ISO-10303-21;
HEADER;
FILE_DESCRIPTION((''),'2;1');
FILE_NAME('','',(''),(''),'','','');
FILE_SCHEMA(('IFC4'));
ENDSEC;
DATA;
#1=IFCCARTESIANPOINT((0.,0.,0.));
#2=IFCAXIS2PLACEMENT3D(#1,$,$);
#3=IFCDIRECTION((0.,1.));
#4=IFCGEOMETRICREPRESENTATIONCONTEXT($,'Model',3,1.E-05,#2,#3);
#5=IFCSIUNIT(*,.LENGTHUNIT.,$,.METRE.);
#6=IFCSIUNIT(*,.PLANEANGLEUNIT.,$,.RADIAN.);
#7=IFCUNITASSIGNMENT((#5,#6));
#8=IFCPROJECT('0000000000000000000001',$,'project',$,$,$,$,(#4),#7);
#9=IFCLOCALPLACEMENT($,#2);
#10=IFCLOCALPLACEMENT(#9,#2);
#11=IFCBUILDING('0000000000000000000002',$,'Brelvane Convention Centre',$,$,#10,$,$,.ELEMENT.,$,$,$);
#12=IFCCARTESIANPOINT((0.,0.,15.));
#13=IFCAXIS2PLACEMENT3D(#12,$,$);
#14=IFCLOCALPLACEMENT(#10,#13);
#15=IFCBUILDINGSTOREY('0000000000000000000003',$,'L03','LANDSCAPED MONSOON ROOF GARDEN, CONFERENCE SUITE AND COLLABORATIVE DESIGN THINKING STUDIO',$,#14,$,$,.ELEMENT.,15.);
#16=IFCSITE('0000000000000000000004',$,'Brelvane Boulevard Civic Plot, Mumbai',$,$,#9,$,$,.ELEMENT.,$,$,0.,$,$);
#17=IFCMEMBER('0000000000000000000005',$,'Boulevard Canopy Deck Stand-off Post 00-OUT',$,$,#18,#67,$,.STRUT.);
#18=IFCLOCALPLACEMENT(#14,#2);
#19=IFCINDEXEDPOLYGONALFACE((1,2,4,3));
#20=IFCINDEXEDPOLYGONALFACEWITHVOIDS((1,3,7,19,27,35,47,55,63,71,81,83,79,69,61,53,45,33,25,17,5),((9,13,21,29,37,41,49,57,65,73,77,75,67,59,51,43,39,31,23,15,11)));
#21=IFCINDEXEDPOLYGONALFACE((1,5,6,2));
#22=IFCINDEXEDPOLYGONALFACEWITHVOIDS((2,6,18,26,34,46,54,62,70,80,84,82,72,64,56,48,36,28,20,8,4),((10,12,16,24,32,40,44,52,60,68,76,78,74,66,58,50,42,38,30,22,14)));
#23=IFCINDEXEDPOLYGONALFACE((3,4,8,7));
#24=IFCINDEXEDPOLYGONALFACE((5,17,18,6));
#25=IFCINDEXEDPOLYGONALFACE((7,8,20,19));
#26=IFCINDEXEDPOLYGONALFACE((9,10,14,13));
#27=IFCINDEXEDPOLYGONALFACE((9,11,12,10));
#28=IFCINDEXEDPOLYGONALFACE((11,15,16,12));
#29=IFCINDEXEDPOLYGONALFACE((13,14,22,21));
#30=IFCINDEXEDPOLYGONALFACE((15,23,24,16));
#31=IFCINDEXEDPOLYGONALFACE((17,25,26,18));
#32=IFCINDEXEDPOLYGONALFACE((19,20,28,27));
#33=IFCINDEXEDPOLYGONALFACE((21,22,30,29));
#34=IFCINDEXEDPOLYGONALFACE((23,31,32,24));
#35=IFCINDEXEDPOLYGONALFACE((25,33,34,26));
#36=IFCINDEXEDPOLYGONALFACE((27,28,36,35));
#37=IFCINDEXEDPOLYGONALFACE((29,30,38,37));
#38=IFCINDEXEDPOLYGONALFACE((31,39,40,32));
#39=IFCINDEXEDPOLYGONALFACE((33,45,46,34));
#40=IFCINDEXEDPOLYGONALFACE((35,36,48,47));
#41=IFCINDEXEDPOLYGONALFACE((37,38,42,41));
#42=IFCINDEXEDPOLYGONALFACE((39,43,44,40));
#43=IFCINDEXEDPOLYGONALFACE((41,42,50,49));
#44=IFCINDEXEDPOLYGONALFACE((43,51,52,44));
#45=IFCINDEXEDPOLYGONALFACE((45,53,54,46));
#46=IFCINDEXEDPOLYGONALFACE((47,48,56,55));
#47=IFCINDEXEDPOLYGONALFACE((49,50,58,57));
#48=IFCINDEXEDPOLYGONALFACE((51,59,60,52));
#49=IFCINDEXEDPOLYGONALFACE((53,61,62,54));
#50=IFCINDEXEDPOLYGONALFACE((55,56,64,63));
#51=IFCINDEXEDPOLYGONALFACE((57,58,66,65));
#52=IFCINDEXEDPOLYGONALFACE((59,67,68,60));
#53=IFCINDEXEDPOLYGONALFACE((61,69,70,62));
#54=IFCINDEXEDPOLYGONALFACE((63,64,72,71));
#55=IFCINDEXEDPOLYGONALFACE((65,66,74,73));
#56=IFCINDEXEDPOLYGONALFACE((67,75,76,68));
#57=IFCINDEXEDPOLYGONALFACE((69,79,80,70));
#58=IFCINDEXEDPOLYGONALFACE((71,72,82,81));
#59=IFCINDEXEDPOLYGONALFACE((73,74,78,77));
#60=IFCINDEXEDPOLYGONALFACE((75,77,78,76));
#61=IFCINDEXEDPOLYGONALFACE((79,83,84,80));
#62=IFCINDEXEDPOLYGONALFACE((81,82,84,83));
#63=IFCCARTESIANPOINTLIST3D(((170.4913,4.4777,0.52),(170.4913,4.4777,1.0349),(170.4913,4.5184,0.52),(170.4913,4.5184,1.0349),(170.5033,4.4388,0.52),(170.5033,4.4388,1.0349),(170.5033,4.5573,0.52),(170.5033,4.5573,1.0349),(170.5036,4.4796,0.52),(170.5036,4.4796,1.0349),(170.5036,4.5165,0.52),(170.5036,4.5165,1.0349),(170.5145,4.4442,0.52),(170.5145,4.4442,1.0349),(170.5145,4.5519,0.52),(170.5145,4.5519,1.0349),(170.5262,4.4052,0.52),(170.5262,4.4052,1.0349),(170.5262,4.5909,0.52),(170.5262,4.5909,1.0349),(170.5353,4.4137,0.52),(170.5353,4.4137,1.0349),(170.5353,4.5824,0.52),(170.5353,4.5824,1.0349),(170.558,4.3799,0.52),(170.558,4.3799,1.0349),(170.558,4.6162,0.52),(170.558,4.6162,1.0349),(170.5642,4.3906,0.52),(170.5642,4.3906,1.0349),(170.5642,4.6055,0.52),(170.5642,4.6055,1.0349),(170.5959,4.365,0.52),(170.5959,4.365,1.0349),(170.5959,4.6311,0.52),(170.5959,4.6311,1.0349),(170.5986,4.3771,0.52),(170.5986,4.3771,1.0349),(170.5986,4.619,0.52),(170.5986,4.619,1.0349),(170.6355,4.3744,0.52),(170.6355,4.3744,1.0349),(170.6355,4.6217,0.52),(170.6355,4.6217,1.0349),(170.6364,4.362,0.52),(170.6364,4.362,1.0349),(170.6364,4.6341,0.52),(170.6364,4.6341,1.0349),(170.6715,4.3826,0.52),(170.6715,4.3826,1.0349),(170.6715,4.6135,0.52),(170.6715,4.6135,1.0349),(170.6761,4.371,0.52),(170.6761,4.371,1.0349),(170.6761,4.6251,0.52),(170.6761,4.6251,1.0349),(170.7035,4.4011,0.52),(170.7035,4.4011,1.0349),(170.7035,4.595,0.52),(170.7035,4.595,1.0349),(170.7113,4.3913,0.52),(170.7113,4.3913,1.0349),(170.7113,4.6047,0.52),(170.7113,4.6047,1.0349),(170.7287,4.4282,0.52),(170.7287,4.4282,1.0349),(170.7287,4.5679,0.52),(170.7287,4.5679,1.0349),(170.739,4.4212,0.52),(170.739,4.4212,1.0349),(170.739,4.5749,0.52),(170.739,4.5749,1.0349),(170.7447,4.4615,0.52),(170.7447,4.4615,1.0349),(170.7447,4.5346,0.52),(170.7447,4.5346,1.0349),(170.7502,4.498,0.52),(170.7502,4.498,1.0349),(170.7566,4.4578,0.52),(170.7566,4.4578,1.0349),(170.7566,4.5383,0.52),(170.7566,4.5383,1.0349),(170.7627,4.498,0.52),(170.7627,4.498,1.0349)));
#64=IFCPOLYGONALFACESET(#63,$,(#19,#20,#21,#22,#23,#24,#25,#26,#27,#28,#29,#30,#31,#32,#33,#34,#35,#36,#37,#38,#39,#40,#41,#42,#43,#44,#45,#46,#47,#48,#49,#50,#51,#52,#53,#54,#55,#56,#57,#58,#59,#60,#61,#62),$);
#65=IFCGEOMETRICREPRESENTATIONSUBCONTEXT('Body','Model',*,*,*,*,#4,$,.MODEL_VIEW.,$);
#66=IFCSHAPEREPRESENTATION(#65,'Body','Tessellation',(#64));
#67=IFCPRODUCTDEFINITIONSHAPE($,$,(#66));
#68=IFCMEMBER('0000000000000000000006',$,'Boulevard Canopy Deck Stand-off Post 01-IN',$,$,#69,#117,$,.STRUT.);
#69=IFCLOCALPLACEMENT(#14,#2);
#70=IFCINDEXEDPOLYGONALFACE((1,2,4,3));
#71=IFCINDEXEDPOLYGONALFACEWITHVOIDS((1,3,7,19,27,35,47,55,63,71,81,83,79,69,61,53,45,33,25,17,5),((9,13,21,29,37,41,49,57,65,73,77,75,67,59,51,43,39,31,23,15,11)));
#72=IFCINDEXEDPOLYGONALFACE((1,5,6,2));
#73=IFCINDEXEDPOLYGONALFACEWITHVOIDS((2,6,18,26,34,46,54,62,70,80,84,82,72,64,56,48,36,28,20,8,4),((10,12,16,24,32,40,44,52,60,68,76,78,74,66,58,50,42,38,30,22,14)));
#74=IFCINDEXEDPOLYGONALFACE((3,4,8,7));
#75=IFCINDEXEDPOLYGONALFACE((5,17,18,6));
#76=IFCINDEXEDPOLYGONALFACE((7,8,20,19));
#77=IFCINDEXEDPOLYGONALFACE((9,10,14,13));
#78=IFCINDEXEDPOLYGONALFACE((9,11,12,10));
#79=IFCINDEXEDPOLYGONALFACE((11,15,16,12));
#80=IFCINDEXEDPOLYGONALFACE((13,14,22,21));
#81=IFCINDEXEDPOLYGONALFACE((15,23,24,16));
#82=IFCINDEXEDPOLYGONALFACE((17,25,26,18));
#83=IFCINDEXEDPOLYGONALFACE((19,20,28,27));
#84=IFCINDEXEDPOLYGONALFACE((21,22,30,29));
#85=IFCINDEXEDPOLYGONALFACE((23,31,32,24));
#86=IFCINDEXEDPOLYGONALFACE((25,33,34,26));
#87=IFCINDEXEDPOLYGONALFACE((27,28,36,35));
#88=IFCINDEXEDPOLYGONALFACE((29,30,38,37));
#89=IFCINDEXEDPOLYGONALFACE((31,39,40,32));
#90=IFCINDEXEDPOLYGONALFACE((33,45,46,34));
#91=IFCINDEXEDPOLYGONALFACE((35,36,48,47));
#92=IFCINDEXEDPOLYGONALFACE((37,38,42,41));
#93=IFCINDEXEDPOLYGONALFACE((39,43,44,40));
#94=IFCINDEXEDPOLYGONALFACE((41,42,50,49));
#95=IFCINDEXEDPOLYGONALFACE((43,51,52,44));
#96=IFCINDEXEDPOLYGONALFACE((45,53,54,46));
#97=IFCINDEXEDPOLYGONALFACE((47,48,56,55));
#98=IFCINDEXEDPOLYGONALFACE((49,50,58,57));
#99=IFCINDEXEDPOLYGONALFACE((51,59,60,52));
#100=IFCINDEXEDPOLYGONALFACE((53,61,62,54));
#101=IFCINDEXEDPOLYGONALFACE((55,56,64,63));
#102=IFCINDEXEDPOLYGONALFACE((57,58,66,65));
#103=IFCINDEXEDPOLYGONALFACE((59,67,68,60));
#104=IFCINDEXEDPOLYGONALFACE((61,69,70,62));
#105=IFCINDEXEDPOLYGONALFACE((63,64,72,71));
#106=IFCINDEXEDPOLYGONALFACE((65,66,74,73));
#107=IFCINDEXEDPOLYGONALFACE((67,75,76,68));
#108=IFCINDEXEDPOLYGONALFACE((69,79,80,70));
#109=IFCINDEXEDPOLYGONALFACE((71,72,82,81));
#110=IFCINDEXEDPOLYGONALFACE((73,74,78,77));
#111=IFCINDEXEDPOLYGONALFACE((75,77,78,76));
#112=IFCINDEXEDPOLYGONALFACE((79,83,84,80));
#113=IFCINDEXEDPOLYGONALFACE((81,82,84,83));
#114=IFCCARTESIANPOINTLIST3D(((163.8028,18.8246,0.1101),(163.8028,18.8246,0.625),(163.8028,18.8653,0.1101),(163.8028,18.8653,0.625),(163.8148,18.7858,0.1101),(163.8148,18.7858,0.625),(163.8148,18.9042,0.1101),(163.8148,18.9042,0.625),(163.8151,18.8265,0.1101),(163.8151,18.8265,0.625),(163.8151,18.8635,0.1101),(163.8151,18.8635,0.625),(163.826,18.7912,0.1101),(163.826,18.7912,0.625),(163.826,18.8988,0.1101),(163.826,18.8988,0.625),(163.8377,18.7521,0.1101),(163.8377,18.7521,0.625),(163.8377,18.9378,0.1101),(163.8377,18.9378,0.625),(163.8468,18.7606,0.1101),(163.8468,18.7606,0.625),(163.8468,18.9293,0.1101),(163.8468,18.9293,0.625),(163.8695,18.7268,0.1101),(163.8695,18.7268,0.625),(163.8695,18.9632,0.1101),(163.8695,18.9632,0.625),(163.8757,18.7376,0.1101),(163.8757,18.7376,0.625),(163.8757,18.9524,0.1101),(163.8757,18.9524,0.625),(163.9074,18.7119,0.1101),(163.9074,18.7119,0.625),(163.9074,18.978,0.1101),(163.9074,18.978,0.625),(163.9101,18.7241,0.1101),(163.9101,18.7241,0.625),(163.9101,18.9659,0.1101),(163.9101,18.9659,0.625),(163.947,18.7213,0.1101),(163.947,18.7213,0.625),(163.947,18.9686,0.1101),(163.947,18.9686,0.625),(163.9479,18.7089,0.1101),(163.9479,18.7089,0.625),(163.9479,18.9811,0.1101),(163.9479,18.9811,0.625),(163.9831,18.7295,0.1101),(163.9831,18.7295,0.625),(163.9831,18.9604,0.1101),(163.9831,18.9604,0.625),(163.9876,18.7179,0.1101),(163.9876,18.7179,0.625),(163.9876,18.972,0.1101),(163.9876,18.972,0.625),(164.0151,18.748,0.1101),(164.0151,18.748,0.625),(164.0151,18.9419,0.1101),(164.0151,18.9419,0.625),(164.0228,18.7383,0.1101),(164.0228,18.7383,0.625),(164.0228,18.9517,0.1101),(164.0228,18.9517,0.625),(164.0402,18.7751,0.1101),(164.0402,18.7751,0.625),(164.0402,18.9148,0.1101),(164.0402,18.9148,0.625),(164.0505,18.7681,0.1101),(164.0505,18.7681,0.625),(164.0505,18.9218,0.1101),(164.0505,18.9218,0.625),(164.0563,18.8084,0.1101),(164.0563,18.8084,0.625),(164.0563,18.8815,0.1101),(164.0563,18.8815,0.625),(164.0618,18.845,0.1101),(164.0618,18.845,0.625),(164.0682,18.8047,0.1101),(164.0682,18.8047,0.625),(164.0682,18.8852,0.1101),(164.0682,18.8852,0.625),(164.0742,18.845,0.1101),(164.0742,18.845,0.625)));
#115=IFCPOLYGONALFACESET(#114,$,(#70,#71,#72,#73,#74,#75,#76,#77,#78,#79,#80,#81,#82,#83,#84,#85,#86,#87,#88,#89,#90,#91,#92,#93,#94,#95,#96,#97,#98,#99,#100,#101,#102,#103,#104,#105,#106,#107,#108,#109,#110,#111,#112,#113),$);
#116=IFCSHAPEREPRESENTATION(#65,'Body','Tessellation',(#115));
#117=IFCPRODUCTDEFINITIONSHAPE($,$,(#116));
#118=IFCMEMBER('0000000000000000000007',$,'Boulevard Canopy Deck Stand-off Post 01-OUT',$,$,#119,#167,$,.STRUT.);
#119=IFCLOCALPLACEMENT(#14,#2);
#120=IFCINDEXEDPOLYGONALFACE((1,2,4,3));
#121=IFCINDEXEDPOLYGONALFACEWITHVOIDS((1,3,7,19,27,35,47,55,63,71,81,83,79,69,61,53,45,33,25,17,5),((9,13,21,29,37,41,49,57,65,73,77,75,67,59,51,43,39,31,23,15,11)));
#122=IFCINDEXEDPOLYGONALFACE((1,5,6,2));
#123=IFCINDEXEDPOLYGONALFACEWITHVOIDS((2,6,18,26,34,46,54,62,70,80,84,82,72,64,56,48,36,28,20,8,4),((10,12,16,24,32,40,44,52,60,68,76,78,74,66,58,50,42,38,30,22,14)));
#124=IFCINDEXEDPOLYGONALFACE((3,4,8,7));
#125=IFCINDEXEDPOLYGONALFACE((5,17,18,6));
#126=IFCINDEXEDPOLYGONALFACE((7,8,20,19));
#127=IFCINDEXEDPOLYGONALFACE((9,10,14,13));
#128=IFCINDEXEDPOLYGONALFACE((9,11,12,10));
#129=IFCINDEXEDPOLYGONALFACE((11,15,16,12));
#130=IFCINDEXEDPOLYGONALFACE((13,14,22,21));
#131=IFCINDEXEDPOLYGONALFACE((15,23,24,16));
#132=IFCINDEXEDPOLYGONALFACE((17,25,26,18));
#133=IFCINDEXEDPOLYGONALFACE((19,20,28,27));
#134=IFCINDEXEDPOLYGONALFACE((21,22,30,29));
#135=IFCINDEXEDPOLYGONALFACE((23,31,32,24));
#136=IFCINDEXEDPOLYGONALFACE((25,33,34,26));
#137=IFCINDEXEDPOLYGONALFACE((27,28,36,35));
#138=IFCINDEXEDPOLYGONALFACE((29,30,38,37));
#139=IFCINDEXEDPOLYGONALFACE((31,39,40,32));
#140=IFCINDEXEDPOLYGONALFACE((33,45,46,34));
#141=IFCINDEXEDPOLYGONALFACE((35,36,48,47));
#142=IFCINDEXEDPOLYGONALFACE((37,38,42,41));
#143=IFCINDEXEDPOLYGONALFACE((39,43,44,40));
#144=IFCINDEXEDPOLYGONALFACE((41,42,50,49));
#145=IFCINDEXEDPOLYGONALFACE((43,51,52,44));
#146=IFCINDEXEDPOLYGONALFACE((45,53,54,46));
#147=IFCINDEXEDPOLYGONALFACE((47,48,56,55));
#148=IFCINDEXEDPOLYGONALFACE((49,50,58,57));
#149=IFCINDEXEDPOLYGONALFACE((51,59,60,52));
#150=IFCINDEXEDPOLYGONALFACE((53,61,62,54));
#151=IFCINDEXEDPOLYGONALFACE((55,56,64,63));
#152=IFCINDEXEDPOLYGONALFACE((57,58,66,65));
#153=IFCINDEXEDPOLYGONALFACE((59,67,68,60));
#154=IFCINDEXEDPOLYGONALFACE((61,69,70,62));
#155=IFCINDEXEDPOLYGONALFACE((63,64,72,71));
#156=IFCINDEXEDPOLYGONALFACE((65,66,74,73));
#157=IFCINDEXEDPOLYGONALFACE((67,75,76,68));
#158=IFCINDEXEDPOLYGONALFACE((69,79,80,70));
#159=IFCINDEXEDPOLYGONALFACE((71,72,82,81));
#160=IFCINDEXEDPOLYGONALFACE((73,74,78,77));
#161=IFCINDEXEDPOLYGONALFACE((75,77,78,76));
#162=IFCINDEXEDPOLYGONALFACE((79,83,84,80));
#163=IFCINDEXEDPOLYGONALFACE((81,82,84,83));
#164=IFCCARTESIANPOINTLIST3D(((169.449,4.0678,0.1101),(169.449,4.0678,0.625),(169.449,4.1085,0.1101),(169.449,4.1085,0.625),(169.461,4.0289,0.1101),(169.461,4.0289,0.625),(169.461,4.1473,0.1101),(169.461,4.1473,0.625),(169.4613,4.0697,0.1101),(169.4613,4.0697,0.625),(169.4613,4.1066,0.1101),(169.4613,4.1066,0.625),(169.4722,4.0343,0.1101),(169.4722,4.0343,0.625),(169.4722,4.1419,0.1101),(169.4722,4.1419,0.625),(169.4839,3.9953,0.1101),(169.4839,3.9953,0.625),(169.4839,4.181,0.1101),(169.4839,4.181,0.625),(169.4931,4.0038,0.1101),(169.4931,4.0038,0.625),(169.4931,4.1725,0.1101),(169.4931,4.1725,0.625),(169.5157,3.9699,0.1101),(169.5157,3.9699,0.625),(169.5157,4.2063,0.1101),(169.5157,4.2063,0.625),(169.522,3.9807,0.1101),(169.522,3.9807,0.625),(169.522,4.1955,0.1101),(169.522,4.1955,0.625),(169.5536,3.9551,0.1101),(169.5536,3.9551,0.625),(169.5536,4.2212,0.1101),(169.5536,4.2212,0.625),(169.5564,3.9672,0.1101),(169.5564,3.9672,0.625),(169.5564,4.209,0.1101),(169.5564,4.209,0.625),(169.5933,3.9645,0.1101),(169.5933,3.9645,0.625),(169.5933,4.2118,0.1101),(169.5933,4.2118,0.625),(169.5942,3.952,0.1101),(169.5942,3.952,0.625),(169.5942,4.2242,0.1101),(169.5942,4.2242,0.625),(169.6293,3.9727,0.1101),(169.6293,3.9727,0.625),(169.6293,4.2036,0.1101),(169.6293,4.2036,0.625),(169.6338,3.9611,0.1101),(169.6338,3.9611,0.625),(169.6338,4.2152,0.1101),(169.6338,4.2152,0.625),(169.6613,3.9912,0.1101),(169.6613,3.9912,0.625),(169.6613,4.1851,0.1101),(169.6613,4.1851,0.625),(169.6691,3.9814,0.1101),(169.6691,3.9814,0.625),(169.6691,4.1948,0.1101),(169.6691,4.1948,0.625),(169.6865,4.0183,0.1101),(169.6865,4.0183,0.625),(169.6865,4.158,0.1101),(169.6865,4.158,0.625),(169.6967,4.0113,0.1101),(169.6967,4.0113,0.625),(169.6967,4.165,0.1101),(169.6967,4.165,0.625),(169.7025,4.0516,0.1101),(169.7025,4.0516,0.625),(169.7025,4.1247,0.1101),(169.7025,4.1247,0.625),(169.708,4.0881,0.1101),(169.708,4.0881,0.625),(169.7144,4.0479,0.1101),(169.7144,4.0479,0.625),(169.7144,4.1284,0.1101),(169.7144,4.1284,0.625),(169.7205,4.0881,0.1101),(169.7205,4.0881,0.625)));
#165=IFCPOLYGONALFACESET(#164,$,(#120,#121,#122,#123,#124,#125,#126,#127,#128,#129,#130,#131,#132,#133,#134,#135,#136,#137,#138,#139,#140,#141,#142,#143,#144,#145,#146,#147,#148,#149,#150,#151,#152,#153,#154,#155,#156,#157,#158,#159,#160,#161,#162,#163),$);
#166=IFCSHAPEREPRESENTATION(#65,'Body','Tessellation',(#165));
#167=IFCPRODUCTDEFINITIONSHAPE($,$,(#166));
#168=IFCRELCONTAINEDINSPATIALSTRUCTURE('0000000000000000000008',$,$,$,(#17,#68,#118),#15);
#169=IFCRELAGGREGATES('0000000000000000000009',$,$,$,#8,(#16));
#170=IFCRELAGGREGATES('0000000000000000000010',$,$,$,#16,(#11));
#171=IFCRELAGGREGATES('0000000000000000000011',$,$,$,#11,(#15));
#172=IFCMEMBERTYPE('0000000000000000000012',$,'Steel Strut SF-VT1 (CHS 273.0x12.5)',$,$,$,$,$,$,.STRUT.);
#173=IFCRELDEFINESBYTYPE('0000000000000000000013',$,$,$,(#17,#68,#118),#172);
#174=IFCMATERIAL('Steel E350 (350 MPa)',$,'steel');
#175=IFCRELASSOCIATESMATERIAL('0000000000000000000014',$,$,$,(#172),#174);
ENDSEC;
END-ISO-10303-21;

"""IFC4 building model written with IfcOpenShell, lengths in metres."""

from ifc_helpers import new_model, si_unit, direction, frame, origin, origin_2d, place, context, subcontext, project, spatial, hollow_circle, extrude, material, material_profile, profile_set, type_object, element, save


model = new_model("IFC4")

# Units and contexts
model_context = context("Model", 3, precision=1e-05, world=origin(), true_north=direction((0.0, 1.0)))
body_context = subcontext(model_context, "Body", "Model", "MODEL_VIEW")
ifc_project = project(units=[si_unit("LENGTHUNIT", "METRE"), si_unit("PLANEANGLEUNIT", "RADIAN")], contexts=[model_context])

# Site, building, storey
site_placement = place(None, origin())
site = spatial("IfcSite", under=ifc_project, at=site_placement, Name="Brelvane Boulevard Civic Plot, Mumbai", CompositionType="ELEMENT", RefElevation=0.0)
building_placement = place(site_placement, origin())
building = spatial("IfcBuilding", under=site, at=building_placement, Name="Brelvane Convention Centre", CompositionType="ELEMENT")
storey_placement = place(building_placement, frame((0.0, 0.0, 15.0)))
storey = spatial("IfcBuildingStorey", under=building, at=storey_placement, Name="L03", Description="LANDSCAPED MONSOON ROOF GARDEN, CONFERENCE SUITE AND COLLABORATIVE DESIGN THINKING STUDIO", CompositionType="ELEMENT", Elevation=15.0)

# Members
ifc_material_1 = material(Name="Steel E350 (350 MPa)", Category="steel")
ifc_material_profile_1 = material_profile(ifc_material_1, hollow_circle(Radius=0.1365, WallThickness=0.0125, at=origin_2d()), Name="CHS 273.0x12.5")
ifc_profile_set_1 = profile_set([ifc_material_profile_1], Name="Steel E350 (350 MPa)")
member_type_1 = type_object("IfcMemberType", Name="Steel Strut SF-VT1 (CHS 273.0x12.5)", PredefinedType="STRUT", material=ifc_profile_set_1)
for number, where, z_axis, x_axis, name in (
    (1, (170.6262, 4.498, 0.52), (0.0, 0.0, 1.0), (1.0, 0.0, 0.0), "Boulevard Canopy Deck Stand-off Post 00-OUT"),
    (2, (163.9377, 18.845, 0.1101), (0.0, 0.0, 1.0), (1.0, 0.0, 0.0), "Boulevard Canopy Deck Stand-off Post 01-IN"),
    (3, (169.584, 4.0881, 0.1101), (0.0, 0.0, 1.0), (1.0, 0.0, 0.0), "Boulevard Canopy Deck Stand-off Post 01-OUT"),
):
    element("IfcMember", number, at=place(storey_placement, frame(where, z_axis=z_axis, x_axis=x_axis)), inside=storey, type_object=member_type_1, Name=name, PredefinedType="STRUT", context=body_context, shape_type="SweptSolid", body=[
        extrude(hollow_circle(Radius=0.1365, WallThickness=0.0125, at=origin_2d()), origin(), (0.0, 0.0, 1.0), 0.5149),
    ])

save(model, "model.ifc")
